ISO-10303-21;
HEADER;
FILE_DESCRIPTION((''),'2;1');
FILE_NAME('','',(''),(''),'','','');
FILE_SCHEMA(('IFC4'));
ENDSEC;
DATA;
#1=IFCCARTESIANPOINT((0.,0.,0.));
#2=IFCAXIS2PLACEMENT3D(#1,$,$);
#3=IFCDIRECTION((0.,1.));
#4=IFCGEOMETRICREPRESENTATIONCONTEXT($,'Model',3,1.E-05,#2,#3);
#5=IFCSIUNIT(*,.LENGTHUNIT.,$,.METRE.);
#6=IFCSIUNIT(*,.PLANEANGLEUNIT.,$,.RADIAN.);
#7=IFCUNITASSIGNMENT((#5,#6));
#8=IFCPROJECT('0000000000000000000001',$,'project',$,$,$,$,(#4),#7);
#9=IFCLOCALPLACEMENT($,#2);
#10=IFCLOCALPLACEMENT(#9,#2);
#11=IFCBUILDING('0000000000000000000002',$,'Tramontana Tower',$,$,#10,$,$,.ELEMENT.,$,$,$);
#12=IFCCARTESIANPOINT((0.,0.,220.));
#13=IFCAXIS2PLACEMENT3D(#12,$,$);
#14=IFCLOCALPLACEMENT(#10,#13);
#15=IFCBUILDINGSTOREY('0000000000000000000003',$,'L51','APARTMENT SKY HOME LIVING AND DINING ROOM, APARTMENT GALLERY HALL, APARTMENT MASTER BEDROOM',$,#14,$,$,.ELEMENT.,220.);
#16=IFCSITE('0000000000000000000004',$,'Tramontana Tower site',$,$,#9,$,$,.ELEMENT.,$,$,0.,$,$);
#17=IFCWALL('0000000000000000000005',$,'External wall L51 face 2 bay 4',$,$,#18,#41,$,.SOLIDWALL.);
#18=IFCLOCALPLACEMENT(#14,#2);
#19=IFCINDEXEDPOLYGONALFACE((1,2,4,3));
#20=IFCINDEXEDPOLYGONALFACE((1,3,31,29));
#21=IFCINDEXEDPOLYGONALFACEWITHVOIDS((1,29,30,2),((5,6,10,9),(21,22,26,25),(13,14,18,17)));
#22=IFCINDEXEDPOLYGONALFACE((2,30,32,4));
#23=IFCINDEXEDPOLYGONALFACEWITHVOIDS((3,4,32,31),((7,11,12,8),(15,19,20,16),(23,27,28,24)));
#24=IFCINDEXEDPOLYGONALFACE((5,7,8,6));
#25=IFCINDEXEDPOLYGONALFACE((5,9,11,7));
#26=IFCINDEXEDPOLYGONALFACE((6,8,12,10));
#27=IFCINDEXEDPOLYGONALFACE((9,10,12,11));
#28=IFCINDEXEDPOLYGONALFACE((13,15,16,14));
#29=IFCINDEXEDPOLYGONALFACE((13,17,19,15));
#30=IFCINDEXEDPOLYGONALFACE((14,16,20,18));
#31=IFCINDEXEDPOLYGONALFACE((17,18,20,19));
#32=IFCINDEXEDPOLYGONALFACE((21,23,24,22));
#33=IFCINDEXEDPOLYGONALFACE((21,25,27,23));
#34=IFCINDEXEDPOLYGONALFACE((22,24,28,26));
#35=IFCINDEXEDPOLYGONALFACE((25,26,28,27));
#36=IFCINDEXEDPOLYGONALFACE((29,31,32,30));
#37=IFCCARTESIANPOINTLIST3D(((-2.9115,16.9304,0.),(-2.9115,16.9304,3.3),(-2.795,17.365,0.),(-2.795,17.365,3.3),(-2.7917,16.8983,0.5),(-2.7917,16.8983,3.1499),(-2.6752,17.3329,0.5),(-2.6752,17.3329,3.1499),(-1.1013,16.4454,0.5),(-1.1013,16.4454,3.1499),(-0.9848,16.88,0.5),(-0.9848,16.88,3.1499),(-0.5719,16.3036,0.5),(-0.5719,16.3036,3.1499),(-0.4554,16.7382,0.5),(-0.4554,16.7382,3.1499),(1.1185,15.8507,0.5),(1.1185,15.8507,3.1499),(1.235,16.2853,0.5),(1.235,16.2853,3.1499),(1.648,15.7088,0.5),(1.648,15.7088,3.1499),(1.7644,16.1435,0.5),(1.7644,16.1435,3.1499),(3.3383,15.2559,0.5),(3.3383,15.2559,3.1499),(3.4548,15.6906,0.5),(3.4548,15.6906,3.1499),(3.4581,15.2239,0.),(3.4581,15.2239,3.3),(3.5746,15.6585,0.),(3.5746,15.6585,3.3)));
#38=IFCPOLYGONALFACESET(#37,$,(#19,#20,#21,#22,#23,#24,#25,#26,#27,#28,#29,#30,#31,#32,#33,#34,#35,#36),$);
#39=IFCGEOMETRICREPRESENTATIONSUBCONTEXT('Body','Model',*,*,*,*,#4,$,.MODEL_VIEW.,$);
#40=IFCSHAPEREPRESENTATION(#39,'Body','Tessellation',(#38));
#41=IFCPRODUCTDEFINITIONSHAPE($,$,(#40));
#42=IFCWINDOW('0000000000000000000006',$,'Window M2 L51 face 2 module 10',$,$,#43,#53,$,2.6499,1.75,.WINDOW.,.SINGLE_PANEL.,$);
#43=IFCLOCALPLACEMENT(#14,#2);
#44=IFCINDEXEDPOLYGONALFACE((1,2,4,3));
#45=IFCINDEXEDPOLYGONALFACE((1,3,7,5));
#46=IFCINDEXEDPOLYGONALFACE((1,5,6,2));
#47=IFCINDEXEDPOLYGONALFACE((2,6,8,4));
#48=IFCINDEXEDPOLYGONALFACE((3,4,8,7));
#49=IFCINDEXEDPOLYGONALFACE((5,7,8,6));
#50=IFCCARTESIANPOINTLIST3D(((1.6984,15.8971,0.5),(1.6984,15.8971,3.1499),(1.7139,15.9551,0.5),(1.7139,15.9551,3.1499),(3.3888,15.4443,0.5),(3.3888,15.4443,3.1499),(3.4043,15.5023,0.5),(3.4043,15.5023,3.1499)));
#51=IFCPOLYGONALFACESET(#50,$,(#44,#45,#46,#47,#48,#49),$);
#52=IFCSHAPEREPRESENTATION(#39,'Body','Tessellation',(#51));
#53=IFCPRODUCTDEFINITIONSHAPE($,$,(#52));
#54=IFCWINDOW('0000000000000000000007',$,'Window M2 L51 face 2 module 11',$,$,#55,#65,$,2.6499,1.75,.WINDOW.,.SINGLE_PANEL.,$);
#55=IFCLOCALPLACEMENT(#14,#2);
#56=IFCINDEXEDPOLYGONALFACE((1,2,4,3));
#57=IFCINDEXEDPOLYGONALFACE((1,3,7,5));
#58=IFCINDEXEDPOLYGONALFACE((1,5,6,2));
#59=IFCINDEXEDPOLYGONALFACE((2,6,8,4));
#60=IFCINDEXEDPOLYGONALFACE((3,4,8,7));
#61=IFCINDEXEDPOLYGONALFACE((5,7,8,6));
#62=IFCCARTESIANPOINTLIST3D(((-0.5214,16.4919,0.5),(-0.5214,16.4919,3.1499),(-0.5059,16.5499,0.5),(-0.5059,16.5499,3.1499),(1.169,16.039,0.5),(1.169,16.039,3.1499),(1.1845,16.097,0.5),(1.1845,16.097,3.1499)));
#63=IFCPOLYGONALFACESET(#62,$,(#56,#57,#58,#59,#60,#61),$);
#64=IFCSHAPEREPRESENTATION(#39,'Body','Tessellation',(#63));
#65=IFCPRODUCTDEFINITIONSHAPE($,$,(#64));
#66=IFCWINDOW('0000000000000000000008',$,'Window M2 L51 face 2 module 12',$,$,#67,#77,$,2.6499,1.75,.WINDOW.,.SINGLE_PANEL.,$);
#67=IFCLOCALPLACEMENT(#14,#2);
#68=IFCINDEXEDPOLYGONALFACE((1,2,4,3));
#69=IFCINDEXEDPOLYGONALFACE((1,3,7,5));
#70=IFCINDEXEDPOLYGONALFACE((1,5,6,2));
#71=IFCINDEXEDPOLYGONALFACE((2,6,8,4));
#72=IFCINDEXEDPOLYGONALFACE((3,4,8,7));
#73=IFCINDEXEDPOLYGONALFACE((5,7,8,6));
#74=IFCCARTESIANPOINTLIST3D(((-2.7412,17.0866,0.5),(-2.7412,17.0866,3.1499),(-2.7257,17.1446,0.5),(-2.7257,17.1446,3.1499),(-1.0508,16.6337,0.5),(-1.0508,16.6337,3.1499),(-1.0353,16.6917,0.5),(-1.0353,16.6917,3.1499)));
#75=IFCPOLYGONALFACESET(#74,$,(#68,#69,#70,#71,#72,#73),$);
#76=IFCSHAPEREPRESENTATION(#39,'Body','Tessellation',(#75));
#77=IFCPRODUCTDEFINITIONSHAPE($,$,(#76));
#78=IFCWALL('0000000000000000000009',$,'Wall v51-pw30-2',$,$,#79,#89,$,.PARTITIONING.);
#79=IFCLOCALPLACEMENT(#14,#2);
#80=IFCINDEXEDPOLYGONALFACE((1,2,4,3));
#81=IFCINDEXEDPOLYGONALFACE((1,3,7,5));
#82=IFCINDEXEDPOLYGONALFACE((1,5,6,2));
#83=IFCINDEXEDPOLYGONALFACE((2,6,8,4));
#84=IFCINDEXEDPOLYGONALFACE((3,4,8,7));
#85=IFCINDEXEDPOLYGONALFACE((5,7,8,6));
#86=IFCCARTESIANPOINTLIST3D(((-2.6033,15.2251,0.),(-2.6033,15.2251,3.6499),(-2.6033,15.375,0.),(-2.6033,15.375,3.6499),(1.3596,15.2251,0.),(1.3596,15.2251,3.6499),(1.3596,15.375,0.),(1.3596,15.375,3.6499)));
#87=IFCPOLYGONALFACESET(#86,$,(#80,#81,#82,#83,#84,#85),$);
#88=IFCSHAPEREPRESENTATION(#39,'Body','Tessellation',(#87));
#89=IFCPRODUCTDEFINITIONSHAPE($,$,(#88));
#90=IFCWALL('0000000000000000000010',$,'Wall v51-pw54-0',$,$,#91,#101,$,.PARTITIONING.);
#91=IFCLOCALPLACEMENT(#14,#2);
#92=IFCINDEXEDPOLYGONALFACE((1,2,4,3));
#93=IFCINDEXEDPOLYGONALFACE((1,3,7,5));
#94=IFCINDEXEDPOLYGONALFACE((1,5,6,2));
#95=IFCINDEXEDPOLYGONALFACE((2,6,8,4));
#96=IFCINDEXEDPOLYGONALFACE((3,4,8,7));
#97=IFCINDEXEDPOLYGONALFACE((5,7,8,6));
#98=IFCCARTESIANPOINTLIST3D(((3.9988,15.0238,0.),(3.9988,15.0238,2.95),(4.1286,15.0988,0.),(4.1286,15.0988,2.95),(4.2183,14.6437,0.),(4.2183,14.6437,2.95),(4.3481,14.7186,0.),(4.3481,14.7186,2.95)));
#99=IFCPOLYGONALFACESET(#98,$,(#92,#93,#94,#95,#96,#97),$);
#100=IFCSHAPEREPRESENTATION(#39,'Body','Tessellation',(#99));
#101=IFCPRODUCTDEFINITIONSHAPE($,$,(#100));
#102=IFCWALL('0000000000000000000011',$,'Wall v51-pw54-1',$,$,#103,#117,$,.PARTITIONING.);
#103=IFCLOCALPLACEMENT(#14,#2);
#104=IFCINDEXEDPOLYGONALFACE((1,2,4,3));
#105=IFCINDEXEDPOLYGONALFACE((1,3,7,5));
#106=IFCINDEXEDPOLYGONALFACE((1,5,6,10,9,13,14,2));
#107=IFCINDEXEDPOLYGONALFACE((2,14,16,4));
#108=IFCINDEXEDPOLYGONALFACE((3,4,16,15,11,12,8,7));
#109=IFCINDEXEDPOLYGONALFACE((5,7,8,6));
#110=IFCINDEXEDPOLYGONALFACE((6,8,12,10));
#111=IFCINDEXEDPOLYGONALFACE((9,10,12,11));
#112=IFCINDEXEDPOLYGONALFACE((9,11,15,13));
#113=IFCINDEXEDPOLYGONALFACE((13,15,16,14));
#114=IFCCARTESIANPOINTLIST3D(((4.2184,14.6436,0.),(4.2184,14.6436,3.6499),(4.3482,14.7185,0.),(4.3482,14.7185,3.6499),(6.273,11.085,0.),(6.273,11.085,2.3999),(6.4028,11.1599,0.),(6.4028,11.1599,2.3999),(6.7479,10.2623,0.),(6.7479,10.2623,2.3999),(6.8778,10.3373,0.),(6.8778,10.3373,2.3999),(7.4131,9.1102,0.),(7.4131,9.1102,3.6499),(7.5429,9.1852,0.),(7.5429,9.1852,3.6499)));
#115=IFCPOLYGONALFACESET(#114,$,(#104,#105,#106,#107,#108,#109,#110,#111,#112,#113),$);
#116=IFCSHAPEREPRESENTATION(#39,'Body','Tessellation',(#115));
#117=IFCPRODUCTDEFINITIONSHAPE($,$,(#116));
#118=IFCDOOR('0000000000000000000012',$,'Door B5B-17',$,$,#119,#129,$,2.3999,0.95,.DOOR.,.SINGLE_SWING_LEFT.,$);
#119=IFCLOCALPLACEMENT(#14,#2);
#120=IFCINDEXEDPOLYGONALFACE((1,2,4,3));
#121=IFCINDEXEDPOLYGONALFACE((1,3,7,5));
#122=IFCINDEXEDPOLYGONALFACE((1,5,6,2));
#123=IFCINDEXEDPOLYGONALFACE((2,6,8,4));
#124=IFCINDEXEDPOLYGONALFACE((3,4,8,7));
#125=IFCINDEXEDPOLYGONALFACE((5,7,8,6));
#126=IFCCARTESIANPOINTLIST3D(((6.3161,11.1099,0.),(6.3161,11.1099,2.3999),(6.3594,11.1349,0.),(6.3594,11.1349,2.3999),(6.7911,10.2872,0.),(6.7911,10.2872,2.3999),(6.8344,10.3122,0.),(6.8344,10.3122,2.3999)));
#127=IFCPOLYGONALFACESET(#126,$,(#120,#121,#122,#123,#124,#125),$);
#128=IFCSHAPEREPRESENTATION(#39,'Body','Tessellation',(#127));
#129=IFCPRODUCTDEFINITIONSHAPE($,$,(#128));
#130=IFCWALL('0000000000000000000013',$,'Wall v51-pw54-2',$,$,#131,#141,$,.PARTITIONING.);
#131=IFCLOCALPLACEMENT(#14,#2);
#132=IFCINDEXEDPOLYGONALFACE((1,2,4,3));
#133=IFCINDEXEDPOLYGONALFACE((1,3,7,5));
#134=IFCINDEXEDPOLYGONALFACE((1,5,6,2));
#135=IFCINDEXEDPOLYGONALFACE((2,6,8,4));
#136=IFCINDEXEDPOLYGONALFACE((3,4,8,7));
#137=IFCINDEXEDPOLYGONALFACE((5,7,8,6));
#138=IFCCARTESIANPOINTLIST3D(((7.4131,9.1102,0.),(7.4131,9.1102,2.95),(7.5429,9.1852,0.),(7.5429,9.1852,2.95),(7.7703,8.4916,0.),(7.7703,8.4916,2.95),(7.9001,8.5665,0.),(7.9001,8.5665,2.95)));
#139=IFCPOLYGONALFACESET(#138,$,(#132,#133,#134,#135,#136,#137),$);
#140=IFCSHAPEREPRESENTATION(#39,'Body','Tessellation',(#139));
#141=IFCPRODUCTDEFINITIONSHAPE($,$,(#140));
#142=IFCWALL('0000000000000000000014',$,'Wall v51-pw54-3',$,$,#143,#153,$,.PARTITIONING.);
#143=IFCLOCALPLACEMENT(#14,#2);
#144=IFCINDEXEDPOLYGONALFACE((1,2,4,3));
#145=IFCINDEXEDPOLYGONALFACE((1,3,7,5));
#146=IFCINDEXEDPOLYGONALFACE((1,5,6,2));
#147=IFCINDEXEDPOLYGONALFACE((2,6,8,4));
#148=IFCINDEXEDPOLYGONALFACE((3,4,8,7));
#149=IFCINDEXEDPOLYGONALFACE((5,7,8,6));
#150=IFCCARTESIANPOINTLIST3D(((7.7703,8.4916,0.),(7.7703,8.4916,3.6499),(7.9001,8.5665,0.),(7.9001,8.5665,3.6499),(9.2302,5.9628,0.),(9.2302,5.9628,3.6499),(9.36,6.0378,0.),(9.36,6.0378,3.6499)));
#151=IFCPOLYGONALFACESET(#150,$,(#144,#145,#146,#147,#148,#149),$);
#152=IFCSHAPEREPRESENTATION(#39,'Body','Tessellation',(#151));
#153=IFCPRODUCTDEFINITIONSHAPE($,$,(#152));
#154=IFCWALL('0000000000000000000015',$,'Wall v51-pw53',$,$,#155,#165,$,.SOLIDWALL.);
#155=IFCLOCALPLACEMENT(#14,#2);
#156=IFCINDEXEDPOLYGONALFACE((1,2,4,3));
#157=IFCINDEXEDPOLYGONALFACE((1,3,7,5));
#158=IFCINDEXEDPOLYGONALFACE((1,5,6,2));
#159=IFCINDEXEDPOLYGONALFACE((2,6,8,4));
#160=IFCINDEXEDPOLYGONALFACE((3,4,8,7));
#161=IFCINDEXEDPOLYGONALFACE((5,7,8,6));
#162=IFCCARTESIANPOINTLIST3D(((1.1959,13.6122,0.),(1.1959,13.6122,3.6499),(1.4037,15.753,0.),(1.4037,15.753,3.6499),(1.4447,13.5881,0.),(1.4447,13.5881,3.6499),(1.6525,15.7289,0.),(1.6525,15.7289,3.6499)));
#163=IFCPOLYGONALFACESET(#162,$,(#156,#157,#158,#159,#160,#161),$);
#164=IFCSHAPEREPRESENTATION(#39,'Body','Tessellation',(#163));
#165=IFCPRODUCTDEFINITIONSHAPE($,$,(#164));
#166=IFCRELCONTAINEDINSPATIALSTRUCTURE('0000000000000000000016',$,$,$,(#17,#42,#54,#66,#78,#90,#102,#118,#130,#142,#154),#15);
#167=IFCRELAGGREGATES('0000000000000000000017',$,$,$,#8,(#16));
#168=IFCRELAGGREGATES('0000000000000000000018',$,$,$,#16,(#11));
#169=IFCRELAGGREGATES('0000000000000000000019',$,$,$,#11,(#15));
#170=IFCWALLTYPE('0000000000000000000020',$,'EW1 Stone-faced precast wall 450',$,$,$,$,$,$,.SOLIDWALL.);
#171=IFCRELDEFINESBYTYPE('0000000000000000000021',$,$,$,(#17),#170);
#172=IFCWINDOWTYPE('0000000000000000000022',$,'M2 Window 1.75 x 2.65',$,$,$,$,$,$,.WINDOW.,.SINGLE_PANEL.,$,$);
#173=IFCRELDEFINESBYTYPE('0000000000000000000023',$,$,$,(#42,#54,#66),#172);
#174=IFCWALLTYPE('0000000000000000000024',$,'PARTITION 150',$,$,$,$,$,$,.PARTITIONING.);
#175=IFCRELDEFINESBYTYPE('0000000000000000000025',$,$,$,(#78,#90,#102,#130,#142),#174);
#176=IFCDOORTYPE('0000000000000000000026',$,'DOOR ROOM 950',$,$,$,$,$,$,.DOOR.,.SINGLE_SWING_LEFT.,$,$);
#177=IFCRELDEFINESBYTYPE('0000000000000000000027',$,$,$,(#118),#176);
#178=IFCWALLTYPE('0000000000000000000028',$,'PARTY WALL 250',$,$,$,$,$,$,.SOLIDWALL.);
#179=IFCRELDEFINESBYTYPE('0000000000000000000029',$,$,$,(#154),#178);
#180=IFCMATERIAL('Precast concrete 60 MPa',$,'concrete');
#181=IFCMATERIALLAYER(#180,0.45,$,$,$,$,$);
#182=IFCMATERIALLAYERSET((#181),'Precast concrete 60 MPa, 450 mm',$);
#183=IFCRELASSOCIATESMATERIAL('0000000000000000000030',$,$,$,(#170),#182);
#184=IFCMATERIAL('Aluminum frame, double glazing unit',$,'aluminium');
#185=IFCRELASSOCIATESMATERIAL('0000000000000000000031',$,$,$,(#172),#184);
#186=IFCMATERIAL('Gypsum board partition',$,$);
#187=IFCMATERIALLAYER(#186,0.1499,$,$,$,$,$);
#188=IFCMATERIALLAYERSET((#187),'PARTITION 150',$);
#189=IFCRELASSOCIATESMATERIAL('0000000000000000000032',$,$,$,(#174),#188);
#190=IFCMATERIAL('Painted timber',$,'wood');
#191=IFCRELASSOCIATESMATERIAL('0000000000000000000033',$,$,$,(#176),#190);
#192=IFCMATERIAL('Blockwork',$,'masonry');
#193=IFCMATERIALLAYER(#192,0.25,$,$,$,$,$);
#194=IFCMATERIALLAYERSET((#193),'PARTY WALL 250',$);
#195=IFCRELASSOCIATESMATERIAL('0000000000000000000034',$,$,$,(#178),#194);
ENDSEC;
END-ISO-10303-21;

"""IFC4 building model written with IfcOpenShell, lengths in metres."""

from ifc_helpers import new_model, si_unit, direction, frame, frame_2d, origin, place, context, subcontext, project, spatial, rectangle, extrude, material, layer, layer_set, type_object, element, fill, save


model = new_model("IFC4")

# Units and contexts
model_context = context("Model", 3, precision=1e-05, world=origin(), true_north=direction((0.0, 1.0)))
body_context = subcontext(model_context, "Body", "Model", "MODEL_VIEW")
ifc_project = project(units=[si_unit("LENGTHUNIT", "METRE"), si_unit("PLANEANGLEUNIT", "RADIAN")], contexts=[model_context])

# Site, building, storey
site_placement = place(None, origin())
site = spatial("IfcSite", under=ifc_project, at=site_placement, Name="Tramontana Tower site", CompositionType="ELEMENT", RefElevation=0.0)
building_placement = place(site_placement, origin())
building = spatial("IfcBuilding", under=site, at=building_placement, Name="Tramontana Tower", CompositionType="ELEMENT")
storey_placement = place(building_placement, frame((0.0, 0.0, 220.0)))
storey = spatial("IfcBuildingStorey", under=building, at=storey_placement, Name="L51", Description="APARTMENT SKY HOME LIVING AND DINING ROOM, APARTMENT GALLERY HALL, APARTMENT MASTER BEDROOM", CompositionType="ELEMENT", Elevation=220.0)

# Wall, openings, windows
ifc_material_1 = material(Name="Precast concrete 60 MPa", Category="concrete")
ifc_layer_1 = layer(ifc_material_1, 0.45)
ifc_layer_set_1 = layer_set([ifc_layer_1], Name="Precast concrete 60 MPa, 450 mm")
wall_type_1 = type_object("IfcWallType", Name="EW1 Stone-faced precast wall 450", PredefinedType="SOLIDWALL", material=ifc_layer_set_1)
wall_1_placement = place(storey_placement, frame((3.5164, 15.4412, 0.0), z_axis=(0.0, 0.0, 1.0), x_axis=(-0.965933, 0.258792, 0.0)))
wall_1 = element("IfcWall", 1, at=wall_1_placement, inside=storey, type_object=wall_type_1, Name="External wall L51 face 2 bay 4", PredefinedType="SOLIDWALL", context=body_context, shape_type="SweptSolid", body=[
    extrude(rectangle(XDim=6.5942, YDim=0.45, at=frame_2d((3.2971, 0.0))), origin(), (0.0, 0.0, 1.0), 3.3),
])
opening_1_placement = place(wall_1_placement, frame((0.124, 0.0, 0.5)))
opening_1 = element("IfcOpeningElement", 2, at=opening_1_placement, cuts=wall_1, PredefinedType="OPENING", context=body_context, shape_type="SweptSolid", body=[
    extrude(rectangle(XDim=1.75, YDim=2.6499, at=frame_2d((0.875, 1.325))), frame((0.0, 0.2349, 0.0), z_axis=(0.0, -1.0, 0.0), x_axis=(1.0, 0.0, 0.0)), (0.0, 0.0, 1.0), 0.47),
])
opening_2_placement = place(wall_1_placement, frame((2.4221, 0.0, 0.5)))
opening_2 = element("IfcOpeningElement", 3, at=opening_2_placement, cuts=wall_1, PredefinedType="OPENING", context=body_context, shape_type="SweptSolid", body=[
    extrude(rectangle(XDim=1.75, YDim=2.6499, at=frame_2d((0.875, 1.325))), frame((0.0, 0.2349, 0.0), z_axis=(0.0, -1.0, 0.0), x_axis=(1.0, 0.0, 0.0)), (0.0, 0.0, 1.0), 0.47),
])
opening_3_placement = place(wall_1_placement, frame((4.7202, 0.0, 0.5)))
opening_3 = element("IfcOpeningElement", 4, at=opening_3_placement, cuts=wall_1, PredefinedType="OPENING", context=body_context, shape_type="SweptSolid", body=[
    extrude(rectangle(XDim=1.75, YDim=2.6499, at=frame_2d((0.875, 1.325))), frame((0.0, 0.2349, 0.0), z_axis=(0.0, -1.0, 0.0), x_axis=(1.0, 0.0, 0.0)), (0.0, 0.0, 1.0), 0.47),
])
ifc_material_2 = material(Name="Aluminum frame, double glazing unit", Category="aluminium")
window_type = type_object("IfcWindowType", Name="M2 Window 1.75 x 2.65", PartitioningType="SINGLE_PANEL", PredefinedType="WINDOW", material=ifc_material_2)
window_1_placement = place(opening_1_placement, origin())
window_1 = element("IfcWindow", 5, at=window_1_placement, inside=storey, type_object=window_type, Name="Window M2 L51 face 2 module 10", OverallHeight=2.6499, OverallWidth=1.75, PartitioningType="SINGLE_PANEL", PredefinedType="WINDOW", context=body_context, shape_type="SweptSolid", body=[
    extrude(rectangle(XDim=1.75, YDim=2.6499, at=frame_2d((0.875, 1.325))), frame((0.0, 0.03, 0.0), z_axis=(0.0, -1.0, 0.0), x_axis=(1.0, 0.0, 0.0)), (0.0, 0.0, 1.0), 0.0601),
])
fill(opening_1, window_1)
window_2_placement = place(opening_2_placement, origin())
window_2 = element("IfcWindow", 6, at=window_2_placement, inside=storey, type_object=window_type, Name="Window M2 L51 face 2 module 11", OverallHeight=2.6499, OverallWidth=1.75, PartitioningType="SINGLE_PANEL", PredefinedType="WINDOW", context=body_context, shape_type="SweptSolid", body=[
    extrude(rectangle(XDim=1.75, YDim=2.6499, at=frame_2d((0.875, 1.325))), frame((0.0, 0.03, 0.0), z_axis=(0.0, -1.0, 0.0), x_axis=(1.0, 0.0, 0.0)), (0.0, 0.0, 1.0), 0.0601),
])
fill(opening_2, window_2)
window_3_placement = place(opening_3_placement, origin())
window_3 = element("IfcWindow", 7, at=window_3_placement, inside=storey, type_object=window_type, Name="Window M2 L51 face 2 module 12", OverallHeight=2.6499, OverallWidth=1.75, PartitioningType="SINGLE_PANEL", PredefinedType="WINDOW", context=body_context, shape_type="SweptSolid", body=[
    extrude(rectangle(XDim=1.75, YDim=2.6499, at=frame_2d((0.875, 1.325))), frame((0.0, 0.03, 0.0), z_axis=(0.0, -1.0, 0.0), x_axis=(1.0, 0.0, 0.0)), (0.0, 0.0, 1.0), 0.0601),
])
fill(opening_3, window_3)

# Walls
ifc_material_3 = material(Name="Gypsum board partition")
ifc_layer_2 = layer(ifc_material_3, 0.1499)
ifc_layer_set_2 = layer_set([ifc_layer_2], Name="PARTITION 150")
wall_type_2 = type_object("IfcWallType", Name="PARTITION 150", PredefinedType="PARTITIONING", material=ifc_layer_set_2)
wall_2_placement = place(storey_placement, frame((-2.6033, 15.3, 0.0), z_axis=(0.0, 0.0, 1.0), x_axis=(1.0, 0.0, 0.0)))
element("IfcWall", 8, at=wall_2_placement, inside=storey, type_object=wall_type_2, Name="Wall v51-pw30-2", PredefinedType="PARTITIONING", context=body_context, shape_type="SweptSolid", body=[
    extrude(rectangle(XDim=3.9629, YDim=0.1499, at=frame_2d((1.9814, 0.0))), origin(), (0.0, 0.0, 1.0), 3.6499),
])
wall_3_placement = place(storey_placement, frame((4.0637, 15.0613, 0.0), z_axis=(0.0, 0.0, 1.0), x_axis=(0.500027, -0.86601, 0.0)))
element("IfcWall", 9, at=wall_3_placement, inside=storey, type_object=wall_type_2, Name="Wall v51-pw54-0", PredefinedType="PARTITIONING", context=body_context, shape_type="SweptSolid", body=[
    extrude(rectangle(XDim=0.439, YDim=0.1499, at=frame_2d((0.2195, 0.0))), origin(), (0.0, 0.0, 1.0), 2.95),
])

# Wall, opening, door
wall_4_placement = place(storey_placement, frame((4.2832, 14.6812, 0.0), z_axis=(0.0, 0.0, 1.0), x_axis=(0.50001, -0.86602, 0.0)))
wall_4 = element("IfcWall", 10, at=wall_4_placement, inside=storey, type_object=wall_type_2, Name="Wall v51-pw54-1", PredefinedType="PARTITIONING", context=body_context, shape_type="SweptSolid", body=[
    extrude(rectangle(XDim=6.3894, YDim=0.1499, at=frame_2d((3.1948, 0.0))), origin(), (0.0, 0.0, 1.0), 3.6499),
])
opening_4_placement = place(wall_4_placement, frame((4.1091, 0.0, 0.0)))
opening_4 = element("IfcOpeningElement", 11, at=opening_4_placement, cuts=wall_4, PredefinedType="OPENING", context=body_context, shape_type="SweptSolid", body=[
    extrude(rectangle(XDim=0.95, YDim=2.3999, at=frame_2d((0.4751, 1.2))), frame((0.0, 0.085, 0.0), z_axis=(0.0, -1.0, 0.0), x_axis=(1.0, 0.0, 0.0)), (0.0, 0.0, 1.0), 0.1699),
])
ifc_material_4 = material(Name="Painted timber", Category="wood")
door_type_1 = type_object("IfcDoorType", Name="DOOR ROOM 950", OperationType="SINGLE_SWING_LEFT", PredefinedType="DOOR", material=ifc_material_4)
door_1_placement = place(opening_4_placement, origin())
door_1 = element("IfcDoor", 12, at=door_1_placement, inside=storey, type_object=door_type_1, Name="Door B5B-17", OperationType="SINGLE_SWING_LEFT", OverallHeight=2.3999, OverallWidth=0.95, PredefinedType="DOOR", context=body_context, shape_type="SweptSolid", body=[
    extrude(rectangle(XDim=0.95, YDim=2.3999, at=frame_2d((0.4751, 1.2))), frame((0.0, 0.0249, 0.0), z_axis=(0.0, -1.0, 0.0), x_axis=(1.0, 0.0, 0.0)), (0.0, 0.0, 1.0), 0.05),
])
fill(opening_4, door_1)

# Walls
wall_5_placement = place(storey_placement, frame((7.478, 9.1477, 0.0), z_axis=(0.0, 0.0, 1.0), x_axis=(0.499999, -0.866026, 0.0)))
element("IfcWall", 13, at=wall_5_placement, inside=storey, type_object=wall_type_2, Name="Wall v51-pw54-2", PredefinedType="PARTITIONING", context=body_context, shape_type="SweptSolid", body=[
    extrude(rectangle(XDim=0.7144, YDim=0.1499, at=frame_2d((0.3572, 0.0))), origin(), (0.0, 0.0, 1.0), 2.95),
])
wall_6_placement = place(storey_placement, frame((7.8352, 8.5291, 0.0), z_axis=(0.0, 0.0, 1.0), x_axis=(0.499988, -0.866032, 0.0)))
element("IfcWall", 14, at=wall_6_placement, inside=storey, type_object=wall_type_2, Name="Wall v51-pw54-3", PredefinedType="PARTITIONING", context=body_context, shape_type="SweptSolid", body=[
    extrude(rectangle(XDim=2.9199, YDim=0.1499, at=frame_2d((1.46, 0.0))), origin(), (0.0, 0.0, 1.0), 3.6499),
])
ifc_material_5 = material(Name="Blockwork", Category="masonry")
ifc_layer_3 = layer(ifc_material_5, 0.25)
ifc_layer_set_3 = layer_set([ifc_layer_3], Name="PARTY WALL 250")
wall_type_3 = type_object("IfcWallType", Name="PARTY WALL 250", PredefinedType="SOLIDWALL", material=ifc_layer_set_3)
wall_7_placement = place(storey_placement, frame((1.5281, 15.741, 0.0), z_axis=(0.0, 0.0, 1.0), x_axis=(-0.096593, -0.995324, 0.0)))
element("IfcWall", 15, at=wall_7_placement, inside=storey, type_object=wall_type_3, Name="Wall v51-pw53", PredefinedType="SOLIDWALL", context=body_context, shape_type="SweptSolid", body=[
    extrude(rectangle(XDim=2.1509, YDim=0.25, at=frame_2d((1.0754, 0.0))), origin(), (0.0, 0.0, 1.0), 3.6499),
])

save(model, "model.ifc")
